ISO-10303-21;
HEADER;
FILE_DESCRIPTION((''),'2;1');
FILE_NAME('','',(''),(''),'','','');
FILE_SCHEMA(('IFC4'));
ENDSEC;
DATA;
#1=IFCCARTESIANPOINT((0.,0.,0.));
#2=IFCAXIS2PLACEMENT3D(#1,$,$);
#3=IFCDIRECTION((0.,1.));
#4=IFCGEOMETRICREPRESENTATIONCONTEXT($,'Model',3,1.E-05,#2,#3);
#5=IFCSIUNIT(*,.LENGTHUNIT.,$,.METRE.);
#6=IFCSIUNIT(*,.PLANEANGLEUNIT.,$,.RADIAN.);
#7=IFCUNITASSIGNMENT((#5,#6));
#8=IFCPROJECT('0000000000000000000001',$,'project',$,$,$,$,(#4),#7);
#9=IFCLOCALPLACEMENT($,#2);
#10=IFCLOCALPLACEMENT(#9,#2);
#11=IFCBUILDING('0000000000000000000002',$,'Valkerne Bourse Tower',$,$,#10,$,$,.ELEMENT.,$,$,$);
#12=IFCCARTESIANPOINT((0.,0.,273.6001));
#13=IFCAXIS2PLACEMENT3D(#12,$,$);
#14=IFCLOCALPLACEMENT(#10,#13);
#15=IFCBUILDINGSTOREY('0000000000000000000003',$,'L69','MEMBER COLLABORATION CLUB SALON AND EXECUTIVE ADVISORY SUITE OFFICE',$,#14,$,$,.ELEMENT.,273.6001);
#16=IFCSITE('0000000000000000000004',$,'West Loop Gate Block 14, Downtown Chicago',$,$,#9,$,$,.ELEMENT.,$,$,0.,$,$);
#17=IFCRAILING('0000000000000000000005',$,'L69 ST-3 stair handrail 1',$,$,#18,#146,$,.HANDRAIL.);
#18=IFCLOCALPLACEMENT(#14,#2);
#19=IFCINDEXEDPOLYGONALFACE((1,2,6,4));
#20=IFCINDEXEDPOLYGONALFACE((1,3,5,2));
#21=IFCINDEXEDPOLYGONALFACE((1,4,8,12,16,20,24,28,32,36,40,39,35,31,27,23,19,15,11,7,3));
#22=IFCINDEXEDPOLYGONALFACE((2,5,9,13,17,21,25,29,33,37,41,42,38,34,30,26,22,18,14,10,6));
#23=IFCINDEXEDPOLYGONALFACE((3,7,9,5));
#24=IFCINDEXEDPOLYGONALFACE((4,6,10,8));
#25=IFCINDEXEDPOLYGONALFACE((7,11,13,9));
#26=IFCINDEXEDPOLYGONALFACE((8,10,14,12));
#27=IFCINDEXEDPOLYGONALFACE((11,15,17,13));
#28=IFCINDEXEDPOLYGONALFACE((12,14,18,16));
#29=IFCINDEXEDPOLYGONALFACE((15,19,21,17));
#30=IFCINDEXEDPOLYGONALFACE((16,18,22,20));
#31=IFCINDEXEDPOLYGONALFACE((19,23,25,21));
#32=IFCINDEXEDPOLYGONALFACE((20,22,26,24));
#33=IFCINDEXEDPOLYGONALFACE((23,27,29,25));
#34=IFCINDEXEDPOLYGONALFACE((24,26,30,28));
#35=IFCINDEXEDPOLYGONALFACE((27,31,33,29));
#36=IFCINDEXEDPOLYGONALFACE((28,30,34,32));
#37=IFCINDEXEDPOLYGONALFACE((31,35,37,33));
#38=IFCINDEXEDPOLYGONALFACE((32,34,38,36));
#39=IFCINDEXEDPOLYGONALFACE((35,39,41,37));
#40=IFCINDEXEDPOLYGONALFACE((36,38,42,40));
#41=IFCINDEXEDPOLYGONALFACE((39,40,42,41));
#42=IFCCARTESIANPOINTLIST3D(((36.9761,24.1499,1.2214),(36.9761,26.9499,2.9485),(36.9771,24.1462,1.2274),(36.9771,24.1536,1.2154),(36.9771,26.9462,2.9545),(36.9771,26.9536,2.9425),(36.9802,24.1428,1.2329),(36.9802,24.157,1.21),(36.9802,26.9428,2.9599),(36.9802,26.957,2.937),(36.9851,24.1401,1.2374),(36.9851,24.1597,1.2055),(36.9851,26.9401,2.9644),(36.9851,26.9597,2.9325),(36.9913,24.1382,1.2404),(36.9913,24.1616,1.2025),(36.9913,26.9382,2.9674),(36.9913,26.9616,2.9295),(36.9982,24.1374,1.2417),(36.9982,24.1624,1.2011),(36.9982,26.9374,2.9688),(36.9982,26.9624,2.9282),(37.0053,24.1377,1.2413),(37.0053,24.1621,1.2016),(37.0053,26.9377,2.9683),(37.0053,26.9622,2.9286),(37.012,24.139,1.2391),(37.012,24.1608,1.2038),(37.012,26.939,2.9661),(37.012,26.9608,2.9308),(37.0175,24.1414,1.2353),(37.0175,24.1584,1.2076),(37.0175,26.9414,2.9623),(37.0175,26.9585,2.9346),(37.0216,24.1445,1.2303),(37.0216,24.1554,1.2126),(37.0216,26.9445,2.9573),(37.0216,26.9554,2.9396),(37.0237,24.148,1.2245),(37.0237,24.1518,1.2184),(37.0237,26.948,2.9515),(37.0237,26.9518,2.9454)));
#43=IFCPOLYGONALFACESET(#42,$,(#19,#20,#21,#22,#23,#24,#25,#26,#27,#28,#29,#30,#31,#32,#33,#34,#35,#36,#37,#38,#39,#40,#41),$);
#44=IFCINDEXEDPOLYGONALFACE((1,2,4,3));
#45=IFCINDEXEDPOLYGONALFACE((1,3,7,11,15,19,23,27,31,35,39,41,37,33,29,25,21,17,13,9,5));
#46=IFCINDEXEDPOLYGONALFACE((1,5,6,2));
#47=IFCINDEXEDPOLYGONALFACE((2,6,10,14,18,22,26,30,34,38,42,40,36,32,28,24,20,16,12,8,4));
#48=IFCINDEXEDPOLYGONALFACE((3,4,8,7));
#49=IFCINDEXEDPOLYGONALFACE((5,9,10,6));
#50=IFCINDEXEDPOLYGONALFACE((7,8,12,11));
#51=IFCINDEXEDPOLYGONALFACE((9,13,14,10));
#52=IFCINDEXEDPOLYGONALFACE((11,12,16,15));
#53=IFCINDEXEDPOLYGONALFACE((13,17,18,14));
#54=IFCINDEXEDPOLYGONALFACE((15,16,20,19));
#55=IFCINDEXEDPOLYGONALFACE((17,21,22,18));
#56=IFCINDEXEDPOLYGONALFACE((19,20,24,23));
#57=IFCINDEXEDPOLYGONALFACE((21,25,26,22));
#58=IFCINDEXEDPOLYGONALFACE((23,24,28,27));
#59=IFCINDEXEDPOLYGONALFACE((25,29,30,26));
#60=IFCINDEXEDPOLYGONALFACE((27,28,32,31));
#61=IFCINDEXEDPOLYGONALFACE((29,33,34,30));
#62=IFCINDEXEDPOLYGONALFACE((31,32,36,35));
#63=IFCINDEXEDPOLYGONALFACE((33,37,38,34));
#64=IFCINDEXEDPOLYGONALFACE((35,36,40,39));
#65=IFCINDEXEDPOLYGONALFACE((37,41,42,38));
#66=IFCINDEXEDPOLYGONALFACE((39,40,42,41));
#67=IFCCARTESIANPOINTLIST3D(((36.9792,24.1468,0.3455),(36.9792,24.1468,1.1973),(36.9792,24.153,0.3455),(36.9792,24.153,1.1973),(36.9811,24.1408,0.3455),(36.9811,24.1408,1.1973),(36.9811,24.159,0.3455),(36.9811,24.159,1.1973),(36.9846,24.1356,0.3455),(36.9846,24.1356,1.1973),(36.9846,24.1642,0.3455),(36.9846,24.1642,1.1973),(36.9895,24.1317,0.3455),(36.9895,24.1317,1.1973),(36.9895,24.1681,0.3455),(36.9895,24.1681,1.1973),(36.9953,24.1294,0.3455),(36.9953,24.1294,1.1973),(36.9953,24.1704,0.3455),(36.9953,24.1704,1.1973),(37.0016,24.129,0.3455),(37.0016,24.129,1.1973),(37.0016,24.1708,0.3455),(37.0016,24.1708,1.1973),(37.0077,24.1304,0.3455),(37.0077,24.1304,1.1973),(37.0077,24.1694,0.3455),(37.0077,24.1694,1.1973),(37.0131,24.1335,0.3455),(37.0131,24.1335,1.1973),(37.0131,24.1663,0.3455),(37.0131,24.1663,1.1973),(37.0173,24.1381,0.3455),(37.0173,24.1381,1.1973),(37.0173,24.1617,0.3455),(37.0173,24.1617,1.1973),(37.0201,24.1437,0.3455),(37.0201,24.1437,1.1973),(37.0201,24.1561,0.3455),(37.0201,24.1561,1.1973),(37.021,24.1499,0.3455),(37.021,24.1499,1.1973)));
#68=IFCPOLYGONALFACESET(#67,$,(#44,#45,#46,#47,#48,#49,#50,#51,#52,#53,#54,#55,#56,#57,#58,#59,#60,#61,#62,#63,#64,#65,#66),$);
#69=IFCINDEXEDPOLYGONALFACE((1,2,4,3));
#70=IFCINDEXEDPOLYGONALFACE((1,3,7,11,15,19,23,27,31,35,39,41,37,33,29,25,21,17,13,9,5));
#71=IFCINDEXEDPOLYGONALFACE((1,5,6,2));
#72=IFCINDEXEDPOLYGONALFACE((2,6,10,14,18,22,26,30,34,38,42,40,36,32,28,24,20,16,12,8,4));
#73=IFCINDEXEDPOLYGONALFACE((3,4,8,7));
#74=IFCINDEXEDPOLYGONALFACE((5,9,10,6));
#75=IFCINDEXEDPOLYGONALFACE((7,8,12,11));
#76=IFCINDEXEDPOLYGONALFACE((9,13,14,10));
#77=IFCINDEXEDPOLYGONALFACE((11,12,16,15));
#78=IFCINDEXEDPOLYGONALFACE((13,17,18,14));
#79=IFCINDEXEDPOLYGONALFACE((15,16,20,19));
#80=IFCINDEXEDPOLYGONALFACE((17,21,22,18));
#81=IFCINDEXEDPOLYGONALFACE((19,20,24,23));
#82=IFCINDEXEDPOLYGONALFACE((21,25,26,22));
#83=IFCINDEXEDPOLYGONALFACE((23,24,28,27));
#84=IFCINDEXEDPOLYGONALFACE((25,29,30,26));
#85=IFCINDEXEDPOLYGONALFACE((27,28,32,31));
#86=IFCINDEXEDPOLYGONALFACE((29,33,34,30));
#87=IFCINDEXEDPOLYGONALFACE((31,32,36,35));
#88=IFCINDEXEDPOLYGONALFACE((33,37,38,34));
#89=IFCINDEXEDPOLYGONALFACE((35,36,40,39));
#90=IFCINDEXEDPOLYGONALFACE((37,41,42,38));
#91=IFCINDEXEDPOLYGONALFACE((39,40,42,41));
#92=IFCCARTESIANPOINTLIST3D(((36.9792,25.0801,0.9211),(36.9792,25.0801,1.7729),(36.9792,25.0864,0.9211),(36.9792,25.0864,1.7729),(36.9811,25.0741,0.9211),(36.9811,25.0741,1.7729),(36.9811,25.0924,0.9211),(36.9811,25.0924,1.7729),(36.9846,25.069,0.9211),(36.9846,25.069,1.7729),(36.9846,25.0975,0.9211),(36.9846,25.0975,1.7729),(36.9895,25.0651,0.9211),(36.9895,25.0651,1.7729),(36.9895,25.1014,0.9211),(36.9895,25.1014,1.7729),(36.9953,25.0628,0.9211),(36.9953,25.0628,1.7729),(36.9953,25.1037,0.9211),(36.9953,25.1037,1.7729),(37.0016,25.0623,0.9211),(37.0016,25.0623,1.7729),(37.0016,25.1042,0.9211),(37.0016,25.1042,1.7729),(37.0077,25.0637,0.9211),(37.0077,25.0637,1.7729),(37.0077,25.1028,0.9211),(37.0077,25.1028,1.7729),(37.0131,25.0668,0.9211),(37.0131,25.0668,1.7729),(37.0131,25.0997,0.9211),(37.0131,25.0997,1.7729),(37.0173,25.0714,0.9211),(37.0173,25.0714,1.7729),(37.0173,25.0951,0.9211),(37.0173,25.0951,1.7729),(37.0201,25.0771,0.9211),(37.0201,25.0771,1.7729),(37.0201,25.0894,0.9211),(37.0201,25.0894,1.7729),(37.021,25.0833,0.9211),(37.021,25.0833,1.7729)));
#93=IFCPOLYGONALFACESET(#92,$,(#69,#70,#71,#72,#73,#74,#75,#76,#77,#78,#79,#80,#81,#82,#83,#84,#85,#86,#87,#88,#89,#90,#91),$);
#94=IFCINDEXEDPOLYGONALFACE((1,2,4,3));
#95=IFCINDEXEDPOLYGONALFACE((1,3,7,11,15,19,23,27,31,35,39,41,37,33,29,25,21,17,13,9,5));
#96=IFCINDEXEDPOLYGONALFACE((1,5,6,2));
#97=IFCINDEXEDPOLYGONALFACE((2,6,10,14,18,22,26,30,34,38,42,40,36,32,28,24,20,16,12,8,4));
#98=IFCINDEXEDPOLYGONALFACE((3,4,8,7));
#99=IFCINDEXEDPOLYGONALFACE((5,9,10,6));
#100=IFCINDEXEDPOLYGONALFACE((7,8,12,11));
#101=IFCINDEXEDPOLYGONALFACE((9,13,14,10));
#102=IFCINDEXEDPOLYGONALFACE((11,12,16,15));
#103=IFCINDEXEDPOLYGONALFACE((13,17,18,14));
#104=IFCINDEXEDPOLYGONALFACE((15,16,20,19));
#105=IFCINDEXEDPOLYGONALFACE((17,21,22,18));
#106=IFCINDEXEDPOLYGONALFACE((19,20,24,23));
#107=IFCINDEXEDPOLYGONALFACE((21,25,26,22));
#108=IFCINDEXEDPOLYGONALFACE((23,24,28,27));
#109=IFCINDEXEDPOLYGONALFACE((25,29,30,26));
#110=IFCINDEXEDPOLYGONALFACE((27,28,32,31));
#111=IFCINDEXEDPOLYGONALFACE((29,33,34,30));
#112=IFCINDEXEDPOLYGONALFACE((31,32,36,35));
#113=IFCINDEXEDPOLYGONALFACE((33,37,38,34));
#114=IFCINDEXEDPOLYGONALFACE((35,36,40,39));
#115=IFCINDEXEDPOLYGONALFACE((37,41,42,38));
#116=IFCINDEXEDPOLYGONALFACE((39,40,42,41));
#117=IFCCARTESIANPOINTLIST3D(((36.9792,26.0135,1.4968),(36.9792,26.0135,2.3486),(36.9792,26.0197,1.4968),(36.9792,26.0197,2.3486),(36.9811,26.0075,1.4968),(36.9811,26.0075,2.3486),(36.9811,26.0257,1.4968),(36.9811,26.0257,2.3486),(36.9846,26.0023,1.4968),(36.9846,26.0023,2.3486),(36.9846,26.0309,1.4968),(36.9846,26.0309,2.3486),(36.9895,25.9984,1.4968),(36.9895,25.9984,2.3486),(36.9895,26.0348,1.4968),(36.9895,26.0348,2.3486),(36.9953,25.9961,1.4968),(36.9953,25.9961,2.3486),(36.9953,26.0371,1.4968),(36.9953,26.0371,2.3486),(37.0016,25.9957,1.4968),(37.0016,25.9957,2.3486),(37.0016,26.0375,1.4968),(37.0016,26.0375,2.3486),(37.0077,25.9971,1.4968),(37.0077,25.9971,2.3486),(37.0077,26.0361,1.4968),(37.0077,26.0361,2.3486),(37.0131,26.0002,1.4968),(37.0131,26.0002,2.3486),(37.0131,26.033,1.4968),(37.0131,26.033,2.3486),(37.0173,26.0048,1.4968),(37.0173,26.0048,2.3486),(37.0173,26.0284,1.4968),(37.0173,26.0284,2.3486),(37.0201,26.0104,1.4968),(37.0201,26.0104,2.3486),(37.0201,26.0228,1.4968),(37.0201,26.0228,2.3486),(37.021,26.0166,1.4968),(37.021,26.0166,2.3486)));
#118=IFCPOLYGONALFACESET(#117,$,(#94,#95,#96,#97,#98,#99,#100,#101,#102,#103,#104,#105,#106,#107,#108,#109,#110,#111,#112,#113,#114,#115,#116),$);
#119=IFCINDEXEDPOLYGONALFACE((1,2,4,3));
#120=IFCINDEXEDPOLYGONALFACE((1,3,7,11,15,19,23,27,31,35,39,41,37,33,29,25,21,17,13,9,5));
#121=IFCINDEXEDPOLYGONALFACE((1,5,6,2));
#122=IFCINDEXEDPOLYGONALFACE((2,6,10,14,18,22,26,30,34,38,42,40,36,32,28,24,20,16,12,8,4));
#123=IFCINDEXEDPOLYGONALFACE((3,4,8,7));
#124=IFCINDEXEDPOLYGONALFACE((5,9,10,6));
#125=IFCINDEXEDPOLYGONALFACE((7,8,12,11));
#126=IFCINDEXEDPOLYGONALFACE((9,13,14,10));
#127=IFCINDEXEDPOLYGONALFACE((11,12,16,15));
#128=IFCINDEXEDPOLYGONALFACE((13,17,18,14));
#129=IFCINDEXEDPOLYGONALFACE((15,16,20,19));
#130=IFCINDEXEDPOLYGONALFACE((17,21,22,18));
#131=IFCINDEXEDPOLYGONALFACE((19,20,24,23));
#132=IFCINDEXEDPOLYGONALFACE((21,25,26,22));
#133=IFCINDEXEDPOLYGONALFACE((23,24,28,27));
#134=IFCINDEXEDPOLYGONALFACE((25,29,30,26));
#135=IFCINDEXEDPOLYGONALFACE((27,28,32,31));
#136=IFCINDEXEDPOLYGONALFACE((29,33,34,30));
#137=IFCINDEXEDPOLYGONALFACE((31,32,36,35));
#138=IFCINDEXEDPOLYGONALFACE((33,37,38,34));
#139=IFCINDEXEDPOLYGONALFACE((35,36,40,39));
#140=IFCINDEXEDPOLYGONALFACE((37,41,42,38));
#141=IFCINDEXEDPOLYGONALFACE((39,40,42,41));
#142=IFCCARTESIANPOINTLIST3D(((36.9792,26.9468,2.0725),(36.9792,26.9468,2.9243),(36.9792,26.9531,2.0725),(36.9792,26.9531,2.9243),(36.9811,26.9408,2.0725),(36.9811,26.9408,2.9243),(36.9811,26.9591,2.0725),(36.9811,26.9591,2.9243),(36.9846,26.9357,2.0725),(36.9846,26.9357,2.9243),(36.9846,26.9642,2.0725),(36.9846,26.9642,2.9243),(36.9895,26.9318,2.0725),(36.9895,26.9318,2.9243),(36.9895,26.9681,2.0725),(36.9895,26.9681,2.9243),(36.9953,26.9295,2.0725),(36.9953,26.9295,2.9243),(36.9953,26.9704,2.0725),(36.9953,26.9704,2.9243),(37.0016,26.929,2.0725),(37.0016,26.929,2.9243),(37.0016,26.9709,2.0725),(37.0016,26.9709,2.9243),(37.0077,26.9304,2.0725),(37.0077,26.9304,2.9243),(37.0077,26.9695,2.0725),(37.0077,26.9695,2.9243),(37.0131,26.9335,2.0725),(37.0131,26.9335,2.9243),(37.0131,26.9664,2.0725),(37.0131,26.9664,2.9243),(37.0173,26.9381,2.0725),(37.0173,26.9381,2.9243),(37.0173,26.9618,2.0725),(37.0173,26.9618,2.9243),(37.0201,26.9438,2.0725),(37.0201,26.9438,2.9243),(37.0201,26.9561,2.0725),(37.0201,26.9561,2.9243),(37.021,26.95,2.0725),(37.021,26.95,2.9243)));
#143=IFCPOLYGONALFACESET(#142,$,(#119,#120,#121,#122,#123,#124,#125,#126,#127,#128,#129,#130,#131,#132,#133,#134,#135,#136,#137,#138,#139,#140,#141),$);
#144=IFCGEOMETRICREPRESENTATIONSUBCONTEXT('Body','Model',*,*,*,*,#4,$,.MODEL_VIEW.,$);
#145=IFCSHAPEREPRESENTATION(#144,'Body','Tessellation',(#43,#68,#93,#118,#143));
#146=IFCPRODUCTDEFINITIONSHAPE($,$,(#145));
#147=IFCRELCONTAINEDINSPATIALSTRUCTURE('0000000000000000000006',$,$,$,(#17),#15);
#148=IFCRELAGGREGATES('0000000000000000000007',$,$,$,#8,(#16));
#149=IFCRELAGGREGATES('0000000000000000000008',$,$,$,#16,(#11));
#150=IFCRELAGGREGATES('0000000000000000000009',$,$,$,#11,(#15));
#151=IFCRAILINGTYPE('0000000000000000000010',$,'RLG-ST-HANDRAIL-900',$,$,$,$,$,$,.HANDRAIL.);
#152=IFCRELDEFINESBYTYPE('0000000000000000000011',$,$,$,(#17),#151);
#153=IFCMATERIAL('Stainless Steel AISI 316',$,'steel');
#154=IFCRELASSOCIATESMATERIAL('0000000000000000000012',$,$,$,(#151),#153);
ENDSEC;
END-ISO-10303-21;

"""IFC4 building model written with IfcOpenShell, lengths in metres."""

from ifc_helpers import new_model, si_unit, direction, frame, origin, origin_2d, place, context, subcontext, project, spatial, circle, extrude, material, type_object, element, save


model = new_model("IFC4")

# Units and contexts
model_context = context("Model", 3, precision=1e-05, world=origin(), true_north=direction((0.0, 1.0)))
body_context = subcontext(model_context, "Body", "Model", "MODEL_VIEW")
ifc_project = project(units=[si_unit("LENGTHUNIT", "METRE"), si_unit("PLANEANGLEUNIT", "RADIAN")], contexts=[model_context])

# Site, building, storey
site_placement = place(None, origin())
site = spatial("IfcSite", under=ifc_project, at=site_placement, Name="West Loop Gate Block 14, Downtown Chicago", CompositionType="ELEMENT", RefElevation=0.0)
building_placement = place(site_placement, origin())
building = spatial("IfcBuilding", under=site, at=building_placement, Name="Valkerne Bourse Tower", CompositionType="ELEMENT")
storey_placement = place(building_placement, frame((0.0, 0.0, 273.6001)))
storey = spatial("IfcBuildingStorey", under=building, at=storey_placement, Name="L69", Description="MEMBER COLLABORATION CLUB SALON AND EXECUTIVE ADVISORY SUITE OFFICE", CompositionType="ELEMENT", Elevation=273.6001)

# Shared definitions
ifc_material_1 = material(Name="Stainless Steel AISI 316", Category="steel")

# Railing
railing_type_1 = type_object("IfcRailingType", Name="RLG-ST-HANDRAIL-900", PredefinedType="HANDRAIL", material=ifc_material_1)
railing_1_placement = place(storey_placement, frame((37.0, 24.1499, 0.3455)))
element("IfcRailing", 1, at=railing_1_placement, inside=storey, type_object=railing_type_1, Name="L69 ST-3 stair handrail 1", PredefinedType="HANDRAIL", context=body_context, shape_type="SweptSolid", body=[
    extrude(circle(Radius=0.0239, at=origin_2d()), frame((0.0, 0.0, 0.876), z_axis=(0.0, 0.851123, 0.524967), x_axis=(-1.0, 0.0, 0.0)), (0.0, 0.0, 1.0), 3.2898),
    extrude(circle(Radius=0.021, at=origin_2d()), origin(), (0.0, 0.0, 1.0), 0.8518),
    extrude(circle(Radius=0.021, at=origin_2d()), frame((0.0, 0.9333, 0.5757)), (0.0, 0.0, 1.0), 0.8518),
    extrude(circle(Radius=0.021, at=origin_2d()), frame((0.0, 1.8667, 1.1514)), (0.0, 0.0, 1.0), 0.8518),
    extrude(circle(Radius=0.021, at=origin_2d()), frame((0.0, 2.8, 1.7271)), (0.0, 0.0, 1.0), 0.8518),
])

save(model, "model.ifc")
